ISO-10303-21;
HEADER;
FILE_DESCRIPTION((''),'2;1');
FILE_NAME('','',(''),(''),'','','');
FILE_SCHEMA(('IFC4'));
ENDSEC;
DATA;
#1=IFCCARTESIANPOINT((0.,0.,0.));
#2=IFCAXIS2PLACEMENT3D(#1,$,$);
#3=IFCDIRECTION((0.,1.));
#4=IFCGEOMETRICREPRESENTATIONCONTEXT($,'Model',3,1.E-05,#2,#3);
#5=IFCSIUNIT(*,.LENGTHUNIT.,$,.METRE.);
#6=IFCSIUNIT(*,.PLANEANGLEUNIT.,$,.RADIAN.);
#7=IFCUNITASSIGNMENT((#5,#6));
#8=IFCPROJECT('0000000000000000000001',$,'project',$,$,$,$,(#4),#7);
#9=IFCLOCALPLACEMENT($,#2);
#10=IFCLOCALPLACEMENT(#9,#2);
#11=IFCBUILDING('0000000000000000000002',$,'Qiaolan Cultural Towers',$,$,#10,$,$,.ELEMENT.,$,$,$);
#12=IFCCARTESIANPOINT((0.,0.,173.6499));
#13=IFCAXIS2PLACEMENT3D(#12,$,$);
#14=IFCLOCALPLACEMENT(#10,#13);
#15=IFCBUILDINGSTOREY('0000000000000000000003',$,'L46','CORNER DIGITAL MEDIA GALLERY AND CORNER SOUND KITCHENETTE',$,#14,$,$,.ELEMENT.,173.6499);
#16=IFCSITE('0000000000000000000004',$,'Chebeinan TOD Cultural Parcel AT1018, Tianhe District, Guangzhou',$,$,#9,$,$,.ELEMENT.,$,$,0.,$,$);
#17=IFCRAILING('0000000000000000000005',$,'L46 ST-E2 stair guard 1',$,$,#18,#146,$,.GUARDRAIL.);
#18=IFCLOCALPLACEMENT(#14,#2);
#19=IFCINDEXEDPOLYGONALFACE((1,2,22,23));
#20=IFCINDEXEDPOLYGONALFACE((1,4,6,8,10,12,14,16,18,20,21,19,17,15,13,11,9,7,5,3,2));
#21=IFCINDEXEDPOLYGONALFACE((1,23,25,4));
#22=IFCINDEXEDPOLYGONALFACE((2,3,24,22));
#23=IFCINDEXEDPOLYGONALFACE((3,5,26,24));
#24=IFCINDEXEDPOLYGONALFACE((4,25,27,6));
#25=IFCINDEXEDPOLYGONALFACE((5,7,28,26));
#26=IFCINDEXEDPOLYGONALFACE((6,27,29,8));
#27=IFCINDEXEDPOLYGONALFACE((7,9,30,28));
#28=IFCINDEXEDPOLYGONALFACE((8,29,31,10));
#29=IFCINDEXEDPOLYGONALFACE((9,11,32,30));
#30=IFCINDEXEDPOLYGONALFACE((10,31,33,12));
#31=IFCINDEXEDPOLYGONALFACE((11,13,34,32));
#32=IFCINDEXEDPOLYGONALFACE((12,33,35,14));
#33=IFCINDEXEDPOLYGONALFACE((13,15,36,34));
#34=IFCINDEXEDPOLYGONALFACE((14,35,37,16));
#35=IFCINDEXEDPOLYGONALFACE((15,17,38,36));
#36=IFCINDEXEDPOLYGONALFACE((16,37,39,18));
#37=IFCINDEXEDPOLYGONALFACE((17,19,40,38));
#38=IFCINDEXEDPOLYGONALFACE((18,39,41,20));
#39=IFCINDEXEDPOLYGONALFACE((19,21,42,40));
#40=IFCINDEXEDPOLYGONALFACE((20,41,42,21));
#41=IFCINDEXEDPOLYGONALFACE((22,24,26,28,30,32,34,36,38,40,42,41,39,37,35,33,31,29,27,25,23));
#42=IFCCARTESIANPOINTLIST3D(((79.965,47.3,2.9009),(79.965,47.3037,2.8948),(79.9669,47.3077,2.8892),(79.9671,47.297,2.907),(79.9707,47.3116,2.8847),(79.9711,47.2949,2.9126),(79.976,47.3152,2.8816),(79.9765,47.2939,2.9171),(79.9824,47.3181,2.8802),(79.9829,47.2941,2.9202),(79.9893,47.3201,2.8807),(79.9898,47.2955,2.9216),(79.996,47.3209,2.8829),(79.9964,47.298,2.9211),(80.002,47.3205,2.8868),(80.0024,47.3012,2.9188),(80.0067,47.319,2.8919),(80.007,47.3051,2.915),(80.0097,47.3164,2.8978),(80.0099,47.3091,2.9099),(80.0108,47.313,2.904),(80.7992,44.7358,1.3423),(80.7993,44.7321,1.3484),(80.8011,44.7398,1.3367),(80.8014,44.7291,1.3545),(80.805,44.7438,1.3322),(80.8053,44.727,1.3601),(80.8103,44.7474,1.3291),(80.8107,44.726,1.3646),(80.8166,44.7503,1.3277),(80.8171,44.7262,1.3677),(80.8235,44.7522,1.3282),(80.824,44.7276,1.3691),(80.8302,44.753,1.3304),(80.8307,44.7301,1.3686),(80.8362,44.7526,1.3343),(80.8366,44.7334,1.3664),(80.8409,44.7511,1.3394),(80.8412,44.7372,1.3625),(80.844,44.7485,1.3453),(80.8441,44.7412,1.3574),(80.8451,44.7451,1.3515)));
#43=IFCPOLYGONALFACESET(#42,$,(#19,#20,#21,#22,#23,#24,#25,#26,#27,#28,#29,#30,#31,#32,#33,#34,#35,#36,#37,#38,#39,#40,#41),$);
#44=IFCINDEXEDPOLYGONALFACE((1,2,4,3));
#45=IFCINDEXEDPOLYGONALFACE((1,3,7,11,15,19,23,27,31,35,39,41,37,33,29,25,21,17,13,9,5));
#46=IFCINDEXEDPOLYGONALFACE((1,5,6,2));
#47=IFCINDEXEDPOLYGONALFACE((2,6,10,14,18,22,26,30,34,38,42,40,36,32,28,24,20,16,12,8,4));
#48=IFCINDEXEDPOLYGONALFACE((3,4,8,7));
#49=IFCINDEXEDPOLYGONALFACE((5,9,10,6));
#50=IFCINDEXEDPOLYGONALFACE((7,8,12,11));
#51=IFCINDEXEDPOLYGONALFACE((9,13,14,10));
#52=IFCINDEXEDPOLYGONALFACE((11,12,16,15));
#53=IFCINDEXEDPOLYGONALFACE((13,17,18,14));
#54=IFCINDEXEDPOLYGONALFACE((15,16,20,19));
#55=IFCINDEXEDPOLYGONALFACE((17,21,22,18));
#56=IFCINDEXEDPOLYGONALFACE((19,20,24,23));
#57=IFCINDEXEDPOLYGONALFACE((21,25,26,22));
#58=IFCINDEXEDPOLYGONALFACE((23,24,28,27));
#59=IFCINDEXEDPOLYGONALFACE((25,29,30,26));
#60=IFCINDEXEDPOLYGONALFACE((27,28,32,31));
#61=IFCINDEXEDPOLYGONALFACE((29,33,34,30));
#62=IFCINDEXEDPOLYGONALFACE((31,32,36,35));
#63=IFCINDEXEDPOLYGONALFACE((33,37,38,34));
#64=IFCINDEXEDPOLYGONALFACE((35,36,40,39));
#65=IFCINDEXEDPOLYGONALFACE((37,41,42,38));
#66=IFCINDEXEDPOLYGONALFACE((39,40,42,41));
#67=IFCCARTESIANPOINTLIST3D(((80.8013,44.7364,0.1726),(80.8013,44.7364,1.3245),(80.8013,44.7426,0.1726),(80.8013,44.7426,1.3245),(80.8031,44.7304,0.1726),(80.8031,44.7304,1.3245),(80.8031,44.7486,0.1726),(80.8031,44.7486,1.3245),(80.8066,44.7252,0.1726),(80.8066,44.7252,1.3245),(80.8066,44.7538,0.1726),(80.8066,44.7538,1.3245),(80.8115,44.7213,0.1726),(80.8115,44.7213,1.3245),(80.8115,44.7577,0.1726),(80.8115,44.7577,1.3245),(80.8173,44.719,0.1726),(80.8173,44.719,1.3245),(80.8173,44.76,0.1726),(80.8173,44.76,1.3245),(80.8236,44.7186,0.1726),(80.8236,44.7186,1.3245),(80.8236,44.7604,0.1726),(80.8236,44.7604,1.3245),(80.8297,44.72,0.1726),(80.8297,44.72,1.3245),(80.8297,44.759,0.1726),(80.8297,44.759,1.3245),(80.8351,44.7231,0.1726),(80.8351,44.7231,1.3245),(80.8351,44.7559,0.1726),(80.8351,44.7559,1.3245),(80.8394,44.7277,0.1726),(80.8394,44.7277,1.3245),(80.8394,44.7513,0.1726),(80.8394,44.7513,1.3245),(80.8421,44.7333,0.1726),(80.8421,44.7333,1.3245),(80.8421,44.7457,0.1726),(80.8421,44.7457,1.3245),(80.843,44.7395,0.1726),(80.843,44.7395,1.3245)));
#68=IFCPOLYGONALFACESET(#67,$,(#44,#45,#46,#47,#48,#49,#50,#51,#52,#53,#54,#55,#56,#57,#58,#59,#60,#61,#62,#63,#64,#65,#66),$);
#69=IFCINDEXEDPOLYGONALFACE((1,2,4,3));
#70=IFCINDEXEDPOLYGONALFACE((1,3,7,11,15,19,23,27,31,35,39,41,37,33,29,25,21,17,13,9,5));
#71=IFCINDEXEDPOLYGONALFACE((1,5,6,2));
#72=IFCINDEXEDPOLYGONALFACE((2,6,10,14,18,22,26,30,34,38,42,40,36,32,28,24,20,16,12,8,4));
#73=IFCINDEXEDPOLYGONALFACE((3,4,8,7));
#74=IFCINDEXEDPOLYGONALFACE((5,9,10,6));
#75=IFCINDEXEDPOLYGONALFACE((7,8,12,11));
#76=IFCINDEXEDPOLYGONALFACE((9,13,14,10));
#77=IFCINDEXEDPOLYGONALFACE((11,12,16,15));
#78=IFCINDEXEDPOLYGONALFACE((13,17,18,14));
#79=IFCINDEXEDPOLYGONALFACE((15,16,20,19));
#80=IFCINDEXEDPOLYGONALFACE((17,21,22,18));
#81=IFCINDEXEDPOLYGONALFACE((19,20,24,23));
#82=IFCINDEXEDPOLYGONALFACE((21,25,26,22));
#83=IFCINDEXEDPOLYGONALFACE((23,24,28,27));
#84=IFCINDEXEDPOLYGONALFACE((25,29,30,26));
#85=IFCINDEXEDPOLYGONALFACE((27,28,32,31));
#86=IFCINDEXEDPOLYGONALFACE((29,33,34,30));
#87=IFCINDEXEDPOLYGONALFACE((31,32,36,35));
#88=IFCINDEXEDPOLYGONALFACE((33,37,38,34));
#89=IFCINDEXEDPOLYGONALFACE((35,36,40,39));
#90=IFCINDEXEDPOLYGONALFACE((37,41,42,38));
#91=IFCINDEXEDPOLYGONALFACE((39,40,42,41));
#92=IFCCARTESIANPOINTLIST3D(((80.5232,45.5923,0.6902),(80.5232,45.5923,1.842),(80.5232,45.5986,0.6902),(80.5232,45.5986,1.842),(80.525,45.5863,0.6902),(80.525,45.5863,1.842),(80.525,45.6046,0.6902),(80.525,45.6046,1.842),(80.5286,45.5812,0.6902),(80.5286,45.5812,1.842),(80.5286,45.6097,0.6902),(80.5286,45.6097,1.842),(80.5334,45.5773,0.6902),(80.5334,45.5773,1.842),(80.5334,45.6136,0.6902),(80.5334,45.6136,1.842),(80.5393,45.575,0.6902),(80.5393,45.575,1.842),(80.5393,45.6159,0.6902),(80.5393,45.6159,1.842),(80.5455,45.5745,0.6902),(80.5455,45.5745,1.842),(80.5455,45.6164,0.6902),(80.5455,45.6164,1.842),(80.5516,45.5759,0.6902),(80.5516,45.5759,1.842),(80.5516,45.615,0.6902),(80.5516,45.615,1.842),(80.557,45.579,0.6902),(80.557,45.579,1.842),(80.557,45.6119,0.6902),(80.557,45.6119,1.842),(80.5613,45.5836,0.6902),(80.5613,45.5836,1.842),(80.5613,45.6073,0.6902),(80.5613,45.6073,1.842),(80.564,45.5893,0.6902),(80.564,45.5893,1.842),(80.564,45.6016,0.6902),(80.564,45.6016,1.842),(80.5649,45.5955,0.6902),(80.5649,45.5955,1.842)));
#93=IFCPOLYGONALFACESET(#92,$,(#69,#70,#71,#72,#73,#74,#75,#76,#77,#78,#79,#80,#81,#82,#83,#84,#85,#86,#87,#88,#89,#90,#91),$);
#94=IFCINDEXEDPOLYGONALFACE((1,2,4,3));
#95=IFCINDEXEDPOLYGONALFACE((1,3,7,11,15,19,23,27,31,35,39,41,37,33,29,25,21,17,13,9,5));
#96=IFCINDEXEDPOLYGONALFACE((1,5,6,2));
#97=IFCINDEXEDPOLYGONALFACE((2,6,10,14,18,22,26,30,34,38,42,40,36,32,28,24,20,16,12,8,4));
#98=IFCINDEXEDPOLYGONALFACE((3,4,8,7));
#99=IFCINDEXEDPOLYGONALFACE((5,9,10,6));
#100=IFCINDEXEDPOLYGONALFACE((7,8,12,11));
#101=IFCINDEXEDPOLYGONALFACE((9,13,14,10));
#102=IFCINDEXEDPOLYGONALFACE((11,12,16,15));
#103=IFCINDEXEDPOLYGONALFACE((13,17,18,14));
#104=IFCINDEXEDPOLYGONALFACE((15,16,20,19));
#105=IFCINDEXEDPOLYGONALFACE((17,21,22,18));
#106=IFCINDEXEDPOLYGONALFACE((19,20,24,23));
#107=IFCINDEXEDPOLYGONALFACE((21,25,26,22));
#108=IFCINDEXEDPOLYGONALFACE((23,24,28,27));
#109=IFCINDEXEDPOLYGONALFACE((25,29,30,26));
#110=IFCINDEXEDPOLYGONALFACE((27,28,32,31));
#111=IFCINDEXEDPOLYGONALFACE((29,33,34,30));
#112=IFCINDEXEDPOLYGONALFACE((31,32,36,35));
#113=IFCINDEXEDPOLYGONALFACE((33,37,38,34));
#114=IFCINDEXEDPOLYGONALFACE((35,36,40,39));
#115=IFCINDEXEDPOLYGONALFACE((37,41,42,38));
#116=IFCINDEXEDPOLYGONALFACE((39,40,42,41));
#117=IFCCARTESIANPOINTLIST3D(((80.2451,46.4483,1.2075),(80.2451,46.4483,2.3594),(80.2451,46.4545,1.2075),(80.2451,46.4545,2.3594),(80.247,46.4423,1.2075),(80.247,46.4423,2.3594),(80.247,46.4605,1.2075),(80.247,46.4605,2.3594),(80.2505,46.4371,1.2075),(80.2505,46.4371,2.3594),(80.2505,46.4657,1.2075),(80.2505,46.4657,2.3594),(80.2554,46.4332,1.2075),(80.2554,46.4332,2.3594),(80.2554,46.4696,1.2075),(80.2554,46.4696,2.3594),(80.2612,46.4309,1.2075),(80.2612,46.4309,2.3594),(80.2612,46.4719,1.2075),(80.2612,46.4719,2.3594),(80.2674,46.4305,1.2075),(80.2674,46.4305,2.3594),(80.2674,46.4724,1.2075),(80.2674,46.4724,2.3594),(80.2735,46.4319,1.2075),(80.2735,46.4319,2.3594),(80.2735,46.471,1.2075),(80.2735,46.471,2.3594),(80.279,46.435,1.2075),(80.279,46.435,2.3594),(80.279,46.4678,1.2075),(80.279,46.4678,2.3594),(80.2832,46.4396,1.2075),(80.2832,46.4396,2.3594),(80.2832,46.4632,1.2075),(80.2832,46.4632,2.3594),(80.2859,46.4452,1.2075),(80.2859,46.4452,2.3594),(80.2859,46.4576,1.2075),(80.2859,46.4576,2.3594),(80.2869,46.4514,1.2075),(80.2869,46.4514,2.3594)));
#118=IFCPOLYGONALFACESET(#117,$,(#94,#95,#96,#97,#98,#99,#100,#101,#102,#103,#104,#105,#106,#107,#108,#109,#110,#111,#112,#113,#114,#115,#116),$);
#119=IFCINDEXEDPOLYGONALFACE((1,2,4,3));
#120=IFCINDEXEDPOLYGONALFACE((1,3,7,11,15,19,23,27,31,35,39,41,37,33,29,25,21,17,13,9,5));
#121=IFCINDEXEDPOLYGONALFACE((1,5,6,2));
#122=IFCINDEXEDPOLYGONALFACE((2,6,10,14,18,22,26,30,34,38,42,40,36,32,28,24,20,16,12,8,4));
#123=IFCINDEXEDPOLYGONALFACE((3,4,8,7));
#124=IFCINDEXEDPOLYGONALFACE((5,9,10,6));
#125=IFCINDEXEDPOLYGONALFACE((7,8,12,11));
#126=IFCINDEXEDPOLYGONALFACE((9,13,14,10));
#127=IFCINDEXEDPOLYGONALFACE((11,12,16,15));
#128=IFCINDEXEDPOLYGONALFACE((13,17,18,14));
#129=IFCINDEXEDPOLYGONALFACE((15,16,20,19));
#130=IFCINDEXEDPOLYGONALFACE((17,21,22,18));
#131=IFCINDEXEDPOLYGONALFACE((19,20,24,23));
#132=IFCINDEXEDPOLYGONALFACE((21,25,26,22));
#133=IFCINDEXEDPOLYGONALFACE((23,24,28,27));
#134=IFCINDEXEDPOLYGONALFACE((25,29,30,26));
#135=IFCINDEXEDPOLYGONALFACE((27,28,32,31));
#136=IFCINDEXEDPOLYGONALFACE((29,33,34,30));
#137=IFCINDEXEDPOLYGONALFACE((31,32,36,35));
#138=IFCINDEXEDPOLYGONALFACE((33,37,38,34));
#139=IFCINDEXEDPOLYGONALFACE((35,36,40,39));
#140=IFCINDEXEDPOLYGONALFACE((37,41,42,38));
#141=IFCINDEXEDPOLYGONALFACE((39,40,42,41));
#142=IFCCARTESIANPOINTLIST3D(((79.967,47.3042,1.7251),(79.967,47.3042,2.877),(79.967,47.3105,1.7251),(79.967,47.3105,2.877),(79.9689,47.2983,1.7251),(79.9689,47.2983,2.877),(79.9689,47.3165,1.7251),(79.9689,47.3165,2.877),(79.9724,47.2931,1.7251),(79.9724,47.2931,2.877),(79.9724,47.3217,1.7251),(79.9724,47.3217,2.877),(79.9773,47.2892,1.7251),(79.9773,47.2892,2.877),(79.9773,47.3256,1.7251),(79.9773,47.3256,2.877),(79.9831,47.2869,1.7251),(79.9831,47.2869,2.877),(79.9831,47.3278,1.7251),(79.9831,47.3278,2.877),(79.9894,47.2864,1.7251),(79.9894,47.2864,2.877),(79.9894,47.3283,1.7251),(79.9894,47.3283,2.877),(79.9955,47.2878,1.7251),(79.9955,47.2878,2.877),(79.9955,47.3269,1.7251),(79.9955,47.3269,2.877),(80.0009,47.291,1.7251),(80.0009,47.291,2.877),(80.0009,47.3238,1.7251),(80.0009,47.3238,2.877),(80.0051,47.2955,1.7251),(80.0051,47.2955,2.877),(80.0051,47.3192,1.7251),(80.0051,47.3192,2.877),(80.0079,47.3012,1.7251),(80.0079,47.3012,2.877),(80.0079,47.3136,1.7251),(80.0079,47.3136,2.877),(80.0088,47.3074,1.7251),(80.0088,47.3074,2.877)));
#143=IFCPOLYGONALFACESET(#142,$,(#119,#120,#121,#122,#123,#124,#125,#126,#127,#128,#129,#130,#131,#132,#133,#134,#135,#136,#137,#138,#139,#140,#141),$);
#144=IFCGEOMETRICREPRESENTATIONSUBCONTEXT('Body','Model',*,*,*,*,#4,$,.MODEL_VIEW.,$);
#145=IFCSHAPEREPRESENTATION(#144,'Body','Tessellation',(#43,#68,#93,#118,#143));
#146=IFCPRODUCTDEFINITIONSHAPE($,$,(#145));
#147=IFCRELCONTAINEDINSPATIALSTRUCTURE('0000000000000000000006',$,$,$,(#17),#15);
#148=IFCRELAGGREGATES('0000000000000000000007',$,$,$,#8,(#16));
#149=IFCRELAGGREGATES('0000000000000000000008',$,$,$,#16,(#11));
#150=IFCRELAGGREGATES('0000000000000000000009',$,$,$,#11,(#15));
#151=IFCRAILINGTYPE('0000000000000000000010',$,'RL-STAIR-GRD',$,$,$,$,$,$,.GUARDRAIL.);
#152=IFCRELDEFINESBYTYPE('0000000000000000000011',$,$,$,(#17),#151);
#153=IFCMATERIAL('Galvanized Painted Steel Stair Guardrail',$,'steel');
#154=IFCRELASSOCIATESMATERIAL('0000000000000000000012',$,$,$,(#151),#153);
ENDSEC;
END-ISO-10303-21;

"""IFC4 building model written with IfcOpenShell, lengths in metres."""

from ifc_helpers import new_model, si_unit, direction, frame, origin, origin_2d, place, context, subcontext, project, spatial, circle, extrude, material, type_object, element, save


model = new_model("IFC4")

# Units and contexts
model_context = context("Model", 3, precision=1e-05, world=origin(), true_north=direction((0.0, 1.0)))
body_context = subcontext(model_context, "Body", "Model", "MODEL_VIEW")
ifc_project = project(units=[si_unit("LENGTHUNIT", "METRE"), si_unit("PLANEANGLEUNIT", "RADIAN")], contexts=[model_context])

# Site, building, storey
site_placement = place(None, origin())
site = spatial("IfcSite", under=ifc_project, at=site_placement, Name="Chebeinan TOD Cultural Parcel AT1018, Tianhe District, Guangzhou", CompositionType="ELEMENT", RefElevation=0.0)
building_placement = place(site_placement, origin())
building = spatial("IfcBuilding", under=site, at=building_placement, Name="Qiaolan Cultural Towers", CompositionType="ELEMENT")
storey_placement = place(building_placement, frame((0.0, 0.0, 173.6499)))
storey = spatial("IfcBuildingStorey", under=building, at=storey_placement, Name="L46", Description="CORNER DIGITAL MEDIA GALLERY AND CORNER SOUND KITCHENETTE", CompositionType="ELEMENT", Elevation=173.6499)

# Railing
ifc_material_1 = material(Name="Galvanized Painted Steel Stair Guardrail", Category="steel")
railing_type_1 = type_object("IfcRailingType", Name="RL-STAIR-GRD", PredefinedType="GUARDRAIL", material=ifc_material_1)
railing_1_placement = place(storey_placement, frame((80.822, 44.7395, 0.1726)))
element("IfcRailing", 1, at=railing_1_placement, inside=storey, type_object=railing_type_1, Name="L46 ST-E2 stair guard 1", PredefinedType="GUARDRAIL", context=body_context, shape_type="SweptSolid", body=[
    extrude(circle(Radius=0.0239, at=origin_2d()), frame((0.0, 0.0, 1.1758), z_axis=(-0.267853, 0.824488, 0.498471), x_axis=(-0.95107, -0.308976, 0.0)), (0.0, 0.0, 1.0), 3.1145),
    extrude(circle(Radius=0.021, at=origin_2d()), origin(), (0.0, 0.0, 1.0), 1.1519),
    extrude(circle(Radius=0.021, at=origin_2d()), frame((-0.2781, 0.856, 0.5176)), (0.0, 0.0, 1.0), 1.1519),
    extrude(circle(Radius=0.021, at=origin_2d()), frame((-0.5562, 1.7119, 1.0349)), (0.0, 0.0, 1.0), 1.1519),
    extrude(circle(Radius=0.021, at=origin_2d()), frame((-0.8342, 2.5679, 1.5525)), (0.0, 0.0, 1.0), 1.1519),
])

save(model, "model.ifc")
